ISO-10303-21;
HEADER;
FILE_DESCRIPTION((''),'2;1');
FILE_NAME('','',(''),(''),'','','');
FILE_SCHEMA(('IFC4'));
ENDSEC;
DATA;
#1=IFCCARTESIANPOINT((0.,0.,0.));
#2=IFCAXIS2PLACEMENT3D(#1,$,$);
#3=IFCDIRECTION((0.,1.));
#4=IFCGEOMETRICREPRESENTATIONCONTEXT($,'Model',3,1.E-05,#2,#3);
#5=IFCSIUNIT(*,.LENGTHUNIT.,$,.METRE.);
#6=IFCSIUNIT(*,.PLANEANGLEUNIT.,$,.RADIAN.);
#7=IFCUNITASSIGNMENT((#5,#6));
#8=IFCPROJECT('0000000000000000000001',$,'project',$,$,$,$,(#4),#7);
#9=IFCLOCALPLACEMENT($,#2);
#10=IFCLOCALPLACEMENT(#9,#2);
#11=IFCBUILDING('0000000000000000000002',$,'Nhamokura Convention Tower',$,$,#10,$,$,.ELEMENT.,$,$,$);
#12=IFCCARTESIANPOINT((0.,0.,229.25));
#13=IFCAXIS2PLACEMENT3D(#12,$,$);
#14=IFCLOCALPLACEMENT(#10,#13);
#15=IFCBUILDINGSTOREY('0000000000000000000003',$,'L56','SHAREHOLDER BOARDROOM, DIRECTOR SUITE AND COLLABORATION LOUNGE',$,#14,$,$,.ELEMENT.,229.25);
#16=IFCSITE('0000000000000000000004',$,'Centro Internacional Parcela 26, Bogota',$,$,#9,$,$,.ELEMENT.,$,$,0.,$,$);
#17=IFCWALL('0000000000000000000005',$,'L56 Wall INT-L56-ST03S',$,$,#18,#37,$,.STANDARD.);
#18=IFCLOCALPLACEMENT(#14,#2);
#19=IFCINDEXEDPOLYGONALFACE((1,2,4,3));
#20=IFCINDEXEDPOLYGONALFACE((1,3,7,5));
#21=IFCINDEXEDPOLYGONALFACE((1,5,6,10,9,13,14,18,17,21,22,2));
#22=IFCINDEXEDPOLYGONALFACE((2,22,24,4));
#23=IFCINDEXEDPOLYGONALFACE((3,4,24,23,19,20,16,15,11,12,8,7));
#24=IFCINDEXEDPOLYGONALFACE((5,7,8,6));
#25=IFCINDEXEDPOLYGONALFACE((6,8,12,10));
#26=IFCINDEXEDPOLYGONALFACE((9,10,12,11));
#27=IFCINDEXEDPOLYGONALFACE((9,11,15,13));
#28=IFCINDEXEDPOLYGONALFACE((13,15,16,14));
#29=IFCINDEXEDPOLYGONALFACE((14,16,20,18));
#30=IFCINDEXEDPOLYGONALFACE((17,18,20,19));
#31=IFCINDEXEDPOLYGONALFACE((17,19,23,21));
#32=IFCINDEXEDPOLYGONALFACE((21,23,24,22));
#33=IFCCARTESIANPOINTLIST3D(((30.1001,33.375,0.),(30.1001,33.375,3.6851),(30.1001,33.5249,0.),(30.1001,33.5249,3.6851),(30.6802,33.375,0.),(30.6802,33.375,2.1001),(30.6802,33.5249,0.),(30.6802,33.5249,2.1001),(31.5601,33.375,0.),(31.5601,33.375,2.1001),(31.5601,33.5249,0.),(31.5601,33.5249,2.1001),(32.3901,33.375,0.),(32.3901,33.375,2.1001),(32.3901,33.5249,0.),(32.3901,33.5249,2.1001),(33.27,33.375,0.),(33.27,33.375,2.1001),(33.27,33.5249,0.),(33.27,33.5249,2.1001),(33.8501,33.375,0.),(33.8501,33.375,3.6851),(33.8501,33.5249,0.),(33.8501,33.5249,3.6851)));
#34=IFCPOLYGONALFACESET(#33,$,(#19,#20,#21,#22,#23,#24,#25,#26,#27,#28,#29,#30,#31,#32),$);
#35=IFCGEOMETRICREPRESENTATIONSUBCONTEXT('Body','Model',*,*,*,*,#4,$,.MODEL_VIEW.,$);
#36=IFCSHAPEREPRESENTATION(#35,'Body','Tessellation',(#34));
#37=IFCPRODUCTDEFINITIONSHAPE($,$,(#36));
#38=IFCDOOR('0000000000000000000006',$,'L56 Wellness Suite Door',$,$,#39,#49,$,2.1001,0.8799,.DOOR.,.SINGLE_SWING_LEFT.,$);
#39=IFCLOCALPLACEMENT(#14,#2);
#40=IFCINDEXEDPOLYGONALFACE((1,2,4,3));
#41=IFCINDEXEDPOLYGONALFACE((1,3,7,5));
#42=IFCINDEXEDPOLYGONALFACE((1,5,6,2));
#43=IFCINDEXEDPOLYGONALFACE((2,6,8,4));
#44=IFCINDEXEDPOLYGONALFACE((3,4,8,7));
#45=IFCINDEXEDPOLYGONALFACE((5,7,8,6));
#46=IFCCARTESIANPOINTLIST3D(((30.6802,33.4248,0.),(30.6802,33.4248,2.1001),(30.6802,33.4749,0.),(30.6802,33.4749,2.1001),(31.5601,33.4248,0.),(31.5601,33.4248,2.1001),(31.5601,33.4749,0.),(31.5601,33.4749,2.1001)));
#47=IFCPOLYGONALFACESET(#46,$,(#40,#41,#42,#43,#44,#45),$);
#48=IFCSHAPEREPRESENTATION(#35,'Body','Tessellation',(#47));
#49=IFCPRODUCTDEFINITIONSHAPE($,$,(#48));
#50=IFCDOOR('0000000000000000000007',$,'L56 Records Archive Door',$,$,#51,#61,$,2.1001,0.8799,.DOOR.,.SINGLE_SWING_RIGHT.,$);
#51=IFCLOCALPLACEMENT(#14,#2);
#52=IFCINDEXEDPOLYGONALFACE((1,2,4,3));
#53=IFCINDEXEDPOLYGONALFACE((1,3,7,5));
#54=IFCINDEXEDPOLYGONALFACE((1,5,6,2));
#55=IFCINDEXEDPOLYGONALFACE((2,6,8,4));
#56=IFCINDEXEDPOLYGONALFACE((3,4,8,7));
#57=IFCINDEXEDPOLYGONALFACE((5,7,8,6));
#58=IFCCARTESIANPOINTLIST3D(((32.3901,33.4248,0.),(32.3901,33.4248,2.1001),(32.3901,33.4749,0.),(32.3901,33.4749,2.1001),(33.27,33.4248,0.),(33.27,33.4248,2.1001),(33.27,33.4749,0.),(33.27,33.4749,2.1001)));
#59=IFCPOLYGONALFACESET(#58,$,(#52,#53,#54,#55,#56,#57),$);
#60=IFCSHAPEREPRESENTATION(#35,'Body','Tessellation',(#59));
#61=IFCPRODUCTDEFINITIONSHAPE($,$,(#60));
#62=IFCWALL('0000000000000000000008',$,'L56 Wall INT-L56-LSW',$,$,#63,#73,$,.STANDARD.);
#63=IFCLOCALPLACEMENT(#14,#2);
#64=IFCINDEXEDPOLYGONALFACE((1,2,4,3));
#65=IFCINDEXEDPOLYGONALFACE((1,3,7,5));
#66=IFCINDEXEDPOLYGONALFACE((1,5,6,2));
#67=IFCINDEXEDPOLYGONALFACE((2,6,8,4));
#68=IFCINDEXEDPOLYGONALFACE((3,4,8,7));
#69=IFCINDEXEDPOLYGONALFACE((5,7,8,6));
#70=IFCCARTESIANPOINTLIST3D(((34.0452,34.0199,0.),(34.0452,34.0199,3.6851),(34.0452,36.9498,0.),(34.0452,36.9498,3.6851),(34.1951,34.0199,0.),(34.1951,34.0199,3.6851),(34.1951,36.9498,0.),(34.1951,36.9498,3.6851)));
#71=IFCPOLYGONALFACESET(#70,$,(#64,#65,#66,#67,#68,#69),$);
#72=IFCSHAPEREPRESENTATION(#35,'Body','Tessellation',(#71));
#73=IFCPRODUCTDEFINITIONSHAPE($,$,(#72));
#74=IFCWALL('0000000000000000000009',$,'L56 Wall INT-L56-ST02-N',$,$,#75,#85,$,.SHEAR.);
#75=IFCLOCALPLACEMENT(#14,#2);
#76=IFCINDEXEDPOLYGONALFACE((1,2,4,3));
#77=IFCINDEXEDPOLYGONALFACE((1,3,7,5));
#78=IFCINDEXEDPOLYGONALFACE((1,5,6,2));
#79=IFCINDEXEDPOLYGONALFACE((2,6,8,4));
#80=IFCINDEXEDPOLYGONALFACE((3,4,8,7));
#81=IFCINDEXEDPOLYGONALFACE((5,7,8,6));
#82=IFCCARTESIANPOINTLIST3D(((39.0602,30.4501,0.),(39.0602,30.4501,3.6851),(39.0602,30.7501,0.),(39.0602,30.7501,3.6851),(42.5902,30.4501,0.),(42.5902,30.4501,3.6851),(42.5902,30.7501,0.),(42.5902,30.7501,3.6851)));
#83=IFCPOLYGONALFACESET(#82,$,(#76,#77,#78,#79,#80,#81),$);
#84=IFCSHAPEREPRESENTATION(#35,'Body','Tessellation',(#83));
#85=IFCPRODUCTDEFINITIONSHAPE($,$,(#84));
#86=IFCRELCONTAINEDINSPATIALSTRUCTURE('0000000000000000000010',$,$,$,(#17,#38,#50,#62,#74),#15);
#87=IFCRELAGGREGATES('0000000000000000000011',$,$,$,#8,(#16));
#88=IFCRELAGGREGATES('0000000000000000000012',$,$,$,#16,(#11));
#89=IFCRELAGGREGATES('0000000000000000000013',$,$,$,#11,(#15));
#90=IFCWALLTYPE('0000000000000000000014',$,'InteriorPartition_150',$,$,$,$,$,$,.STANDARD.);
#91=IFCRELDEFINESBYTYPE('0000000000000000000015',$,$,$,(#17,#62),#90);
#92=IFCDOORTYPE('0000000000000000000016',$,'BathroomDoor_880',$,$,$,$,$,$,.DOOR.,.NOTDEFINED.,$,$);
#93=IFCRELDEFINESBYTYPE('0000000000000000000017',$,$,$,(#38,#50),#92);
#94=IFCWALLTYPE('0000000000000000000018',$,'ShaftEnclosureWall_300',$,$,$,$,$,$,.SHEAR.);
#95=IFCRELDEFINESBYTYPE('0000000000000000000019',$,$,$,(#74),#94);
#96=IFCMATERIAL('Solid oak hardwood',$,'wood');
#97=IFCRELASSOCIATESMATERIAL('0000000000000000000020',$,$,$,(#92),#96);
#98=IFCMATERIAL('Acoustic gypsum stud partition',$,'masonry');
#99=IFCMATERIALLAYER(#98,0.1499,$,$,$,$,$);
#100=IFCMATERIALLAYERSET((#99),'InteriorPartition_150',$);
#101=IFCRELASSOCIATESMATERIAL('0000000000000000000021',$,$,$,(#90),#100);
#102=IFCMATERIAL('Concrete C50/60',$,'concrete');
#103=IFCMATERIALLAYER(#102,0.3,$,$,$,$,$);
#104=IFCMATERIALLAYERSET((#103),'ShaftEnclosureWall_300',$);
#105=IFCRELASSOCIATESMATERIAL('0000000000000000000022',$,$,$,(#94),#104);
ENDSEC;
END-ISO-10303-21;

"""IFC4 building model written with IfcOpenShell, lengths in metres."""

from ifc_helpers import new_model, si_unit, direction, frame, frame_2d, origin, place, context, subcontext, project, spatial, rectangle, extrude, material, layer, layer_set, type_object, element, fill, save


model = new_model("IFC4")

# Units and contexts
model_context = context("Model", 3, precision=1e-05, world=origin(), true_north=direction((0.0, 1.0)))
body_context = subcontext(model_context, "Body", "Model", "MODEL_VIEW")
ifc_project = project(units=[si_unit("LENGTHUNIT", "METRE"), si_unit("PLANEANGLEUNIT", "RADIAN")], contexts=[model_context])

# Site, building, storey
site_placement = place(None, origin())
site = spatial("IfcSite", under=ifc_project, at=site_placement, Name="Centro Internacional Parcela 26, Bogota", CompositionType="ELEMENT", RefElevation=0.0)
building_placement = place(site_placement, origin())
building = spatial("IfcBuilding", under=site, at=building_placement, Name="Nhamokura Convention Tower", CompositionType="ELEMENT")
storey_placement = place(building_placement, frame((0.0, 0.0, 229.25)))
storey = spatial("IfcBuildingStorey", under=building, at=storey_placement, Name="L56", Description="SHAREHOLDER BOARDROOM, DIRECTOR SUITE AND COLLABORATION LOUNGE", CompositionType="ELEMENT", Elevation=229.25)

# Shared definitions
ifc_material_1 = material(Name="Solid oak hardwood", Category="wood")
door_type_1 = type_object("IfcDoorType", Name="BathroomDoor_880", OperationType="NOTDEFINED", PredefinedType="DOOR", material=ifc_material_1)

# Shared definitions
ifc_material_2 = material(Name="Acoustic gypsum stud partition", Category="masonry")
ifc_layer_1 = layer(ifc_material_2, 0.1499)
ifc_layer_set_1 = layer_set([ifc_layer_1], Name="InteriorPartition_150")
wall_type_1 = type_object("IfcWallType", Name="InteriorPartition_150", PredefinedType="STANDARD", material=ifc_layer_set_1)

# Wall, openings, doors
wall_1_placement = place(storey_placement, frame((30.1001, 33.45, 0.0), z_axis=(0.0, 0.0, 1.0), x_axis=(1.0, 0.0, 0.0)))
wall_1 = element("IfcWall", 1, at=wall_1_placement, inside=storey, type_object=wall_type_1, Name="L56 Wall INT-L56-ST03S", PredefinedType="STANDARD", context=body_context, shape_type="SweptSolid", body=[
    extrude(rectangle(XDim=3.75, YDim=0.1499, at=frame_2d((1.875, 0.0))), origin(), (0.0, 0.0, 1.0), 3.6851),
])
opening_1_placement = place(wall_1_placement, frame((0.5801, 0.0, 0.0)))
opening_1 = element("IfcOpeningElement", 2, at=opening_1_placement, cuts=wall_1, PredefinedType="OPENING", context=body_context, shape_type="SweptSolid", body=[
    extrude(rectangle(XDim=0.8799, YDim=2.1001, at=frame_2d((0.4399, 1.05))), frame((0.0, 0.085, 0.0), z_axis=(0.0, -1.0, 0.0), x_axis=(1.0, 0.0, 0.0)), (0.0, 0.0, 1.0), 0.1699),
])
opening_2_placement = place(wall_1_placement, frame((2.29, 0.0, 0.0)))
opening_2 = element("IfcOpeningElement", 3, at=opening_2_placement, cuts=wall_1, PredefinedType="OPENING", context=body_context, shape_type="SweptSolid", body=[
    extrude(rectangle(XDim=0.8799, YDim=2.1001, at=frame_2d((0.4399, 1.05))), frame((0.0, 0.085, 0.0), z_axis=(0.0, -1.0, 0.0), x_axis=(1.0, 0.0, 0.0)), (0.0, 0.0, 1.0), 0.1699),
])
door_1_placement = place(opening_1_placement, origin())
door_1 = element("IfcDoor", 4, at=door_1_placement, inside=storey, type_object=door_type_1, Name="L56 Wellness Suite Door", OperationType="SINGLE_SWING_LEFT", OverallHeight=2.1001, OverallWidth=0.8799, PredefinedType="DOOR", context=body_context, shape_type="SweptSolid", body=[
    extrude(rectangle(XDim=0.8799, YDim=2.1001, at=frame_2d((0.4399, 1.05))), frame((0.0, 0.0249, 0.0), z_axis=(0.0, -1.0, 0.0), x_axis=(1.0, 0.0, 0.0)), (0.0, 0.0, 1.0), 0.05),
])
fill(opening_1, door_1)
door_2_placement = place(opening_2_placement, origin())
door_2 = element("IfcDoor", 5, at=door_2_placement, inside=storey, type_object=door_type_1, Name="L56 Records Archive Door", OperationType="SINGLE_SWING_RIGHT", OverallHeight=2.1001, OverallWidth=0.8799, PredefinedType="DOOR", context=body_context, shape_type="SweptSolid", body=[
    extrude(rectangle(XDim=0.8799, YDim=2.1001, at=frame_2d((0.4399, 1.05))), frame((0.0, 0.0249, 0.0), z_axis=(0.0, -1.0, 0.0), x_axis=(1.0, 0.0, 0.0)), (0.0, 0.0, 1.0), 0.05),
])
fill(opening_2, door_2)

# Walls
wall_2_placement = place(storey_placement, frame((34.1201, 34.02, 0.0), z_axis=(0.0, 0.0, 1.0), x_axis=(0.0, 1.0, 0.0)))
element("IfcWall", 6, at=wall_2_placement, inside=storey, type_object=wall_type_1, Name="L56 Wall INT-L56-LSW", PredefinedType="STANDARD", context=body_context, shape_type="SweptSolid", body=[
    extrude(rectangle(XDim=2.9299, YDim=0.1499, at=frame_2d((1.4648, 0.0))), origin(), (0.0, 0.0, 1.0), 3.6851),
])
ifc_material_3 = material(Name="Concrete C50/60", Category="concrete")
ifc_layer_2 = layer(ifc_material_3, 0.3)
ifc_layer_set_2 = layer_set([ifc_layer_2], Name="ShaftEnclosureWall_300")
wall_type_2 = type_object("IfcWallType", Name="ShaftEnclosureWall_300", PredefinedType="SHEAR", material=ifc_layer_set_2)
wall_3_placement = place(storey_placement, frame((39.0601, 30.6001, 0.0), z_axis=(0.0, 0.0, 1.0), x_axis=(1.0, 0.0, 0.0)))
element("IfcWall", 7, at=wall_3_placement, inside=storey, type_object=wall_type_2, Name="L56 Wall INT-L56-ST02-N", PredefinedType="SHEAR", context=body_context, shape_type="SweptSolid", body=[
    extrude(rectangle(XDim=3.53, YDim=0.3, at=frame_2d((1.7651, 0.0))), origin(), (0.0, 0.0, 1.0), 3.6851),
])

save(model, "model.ifc")
